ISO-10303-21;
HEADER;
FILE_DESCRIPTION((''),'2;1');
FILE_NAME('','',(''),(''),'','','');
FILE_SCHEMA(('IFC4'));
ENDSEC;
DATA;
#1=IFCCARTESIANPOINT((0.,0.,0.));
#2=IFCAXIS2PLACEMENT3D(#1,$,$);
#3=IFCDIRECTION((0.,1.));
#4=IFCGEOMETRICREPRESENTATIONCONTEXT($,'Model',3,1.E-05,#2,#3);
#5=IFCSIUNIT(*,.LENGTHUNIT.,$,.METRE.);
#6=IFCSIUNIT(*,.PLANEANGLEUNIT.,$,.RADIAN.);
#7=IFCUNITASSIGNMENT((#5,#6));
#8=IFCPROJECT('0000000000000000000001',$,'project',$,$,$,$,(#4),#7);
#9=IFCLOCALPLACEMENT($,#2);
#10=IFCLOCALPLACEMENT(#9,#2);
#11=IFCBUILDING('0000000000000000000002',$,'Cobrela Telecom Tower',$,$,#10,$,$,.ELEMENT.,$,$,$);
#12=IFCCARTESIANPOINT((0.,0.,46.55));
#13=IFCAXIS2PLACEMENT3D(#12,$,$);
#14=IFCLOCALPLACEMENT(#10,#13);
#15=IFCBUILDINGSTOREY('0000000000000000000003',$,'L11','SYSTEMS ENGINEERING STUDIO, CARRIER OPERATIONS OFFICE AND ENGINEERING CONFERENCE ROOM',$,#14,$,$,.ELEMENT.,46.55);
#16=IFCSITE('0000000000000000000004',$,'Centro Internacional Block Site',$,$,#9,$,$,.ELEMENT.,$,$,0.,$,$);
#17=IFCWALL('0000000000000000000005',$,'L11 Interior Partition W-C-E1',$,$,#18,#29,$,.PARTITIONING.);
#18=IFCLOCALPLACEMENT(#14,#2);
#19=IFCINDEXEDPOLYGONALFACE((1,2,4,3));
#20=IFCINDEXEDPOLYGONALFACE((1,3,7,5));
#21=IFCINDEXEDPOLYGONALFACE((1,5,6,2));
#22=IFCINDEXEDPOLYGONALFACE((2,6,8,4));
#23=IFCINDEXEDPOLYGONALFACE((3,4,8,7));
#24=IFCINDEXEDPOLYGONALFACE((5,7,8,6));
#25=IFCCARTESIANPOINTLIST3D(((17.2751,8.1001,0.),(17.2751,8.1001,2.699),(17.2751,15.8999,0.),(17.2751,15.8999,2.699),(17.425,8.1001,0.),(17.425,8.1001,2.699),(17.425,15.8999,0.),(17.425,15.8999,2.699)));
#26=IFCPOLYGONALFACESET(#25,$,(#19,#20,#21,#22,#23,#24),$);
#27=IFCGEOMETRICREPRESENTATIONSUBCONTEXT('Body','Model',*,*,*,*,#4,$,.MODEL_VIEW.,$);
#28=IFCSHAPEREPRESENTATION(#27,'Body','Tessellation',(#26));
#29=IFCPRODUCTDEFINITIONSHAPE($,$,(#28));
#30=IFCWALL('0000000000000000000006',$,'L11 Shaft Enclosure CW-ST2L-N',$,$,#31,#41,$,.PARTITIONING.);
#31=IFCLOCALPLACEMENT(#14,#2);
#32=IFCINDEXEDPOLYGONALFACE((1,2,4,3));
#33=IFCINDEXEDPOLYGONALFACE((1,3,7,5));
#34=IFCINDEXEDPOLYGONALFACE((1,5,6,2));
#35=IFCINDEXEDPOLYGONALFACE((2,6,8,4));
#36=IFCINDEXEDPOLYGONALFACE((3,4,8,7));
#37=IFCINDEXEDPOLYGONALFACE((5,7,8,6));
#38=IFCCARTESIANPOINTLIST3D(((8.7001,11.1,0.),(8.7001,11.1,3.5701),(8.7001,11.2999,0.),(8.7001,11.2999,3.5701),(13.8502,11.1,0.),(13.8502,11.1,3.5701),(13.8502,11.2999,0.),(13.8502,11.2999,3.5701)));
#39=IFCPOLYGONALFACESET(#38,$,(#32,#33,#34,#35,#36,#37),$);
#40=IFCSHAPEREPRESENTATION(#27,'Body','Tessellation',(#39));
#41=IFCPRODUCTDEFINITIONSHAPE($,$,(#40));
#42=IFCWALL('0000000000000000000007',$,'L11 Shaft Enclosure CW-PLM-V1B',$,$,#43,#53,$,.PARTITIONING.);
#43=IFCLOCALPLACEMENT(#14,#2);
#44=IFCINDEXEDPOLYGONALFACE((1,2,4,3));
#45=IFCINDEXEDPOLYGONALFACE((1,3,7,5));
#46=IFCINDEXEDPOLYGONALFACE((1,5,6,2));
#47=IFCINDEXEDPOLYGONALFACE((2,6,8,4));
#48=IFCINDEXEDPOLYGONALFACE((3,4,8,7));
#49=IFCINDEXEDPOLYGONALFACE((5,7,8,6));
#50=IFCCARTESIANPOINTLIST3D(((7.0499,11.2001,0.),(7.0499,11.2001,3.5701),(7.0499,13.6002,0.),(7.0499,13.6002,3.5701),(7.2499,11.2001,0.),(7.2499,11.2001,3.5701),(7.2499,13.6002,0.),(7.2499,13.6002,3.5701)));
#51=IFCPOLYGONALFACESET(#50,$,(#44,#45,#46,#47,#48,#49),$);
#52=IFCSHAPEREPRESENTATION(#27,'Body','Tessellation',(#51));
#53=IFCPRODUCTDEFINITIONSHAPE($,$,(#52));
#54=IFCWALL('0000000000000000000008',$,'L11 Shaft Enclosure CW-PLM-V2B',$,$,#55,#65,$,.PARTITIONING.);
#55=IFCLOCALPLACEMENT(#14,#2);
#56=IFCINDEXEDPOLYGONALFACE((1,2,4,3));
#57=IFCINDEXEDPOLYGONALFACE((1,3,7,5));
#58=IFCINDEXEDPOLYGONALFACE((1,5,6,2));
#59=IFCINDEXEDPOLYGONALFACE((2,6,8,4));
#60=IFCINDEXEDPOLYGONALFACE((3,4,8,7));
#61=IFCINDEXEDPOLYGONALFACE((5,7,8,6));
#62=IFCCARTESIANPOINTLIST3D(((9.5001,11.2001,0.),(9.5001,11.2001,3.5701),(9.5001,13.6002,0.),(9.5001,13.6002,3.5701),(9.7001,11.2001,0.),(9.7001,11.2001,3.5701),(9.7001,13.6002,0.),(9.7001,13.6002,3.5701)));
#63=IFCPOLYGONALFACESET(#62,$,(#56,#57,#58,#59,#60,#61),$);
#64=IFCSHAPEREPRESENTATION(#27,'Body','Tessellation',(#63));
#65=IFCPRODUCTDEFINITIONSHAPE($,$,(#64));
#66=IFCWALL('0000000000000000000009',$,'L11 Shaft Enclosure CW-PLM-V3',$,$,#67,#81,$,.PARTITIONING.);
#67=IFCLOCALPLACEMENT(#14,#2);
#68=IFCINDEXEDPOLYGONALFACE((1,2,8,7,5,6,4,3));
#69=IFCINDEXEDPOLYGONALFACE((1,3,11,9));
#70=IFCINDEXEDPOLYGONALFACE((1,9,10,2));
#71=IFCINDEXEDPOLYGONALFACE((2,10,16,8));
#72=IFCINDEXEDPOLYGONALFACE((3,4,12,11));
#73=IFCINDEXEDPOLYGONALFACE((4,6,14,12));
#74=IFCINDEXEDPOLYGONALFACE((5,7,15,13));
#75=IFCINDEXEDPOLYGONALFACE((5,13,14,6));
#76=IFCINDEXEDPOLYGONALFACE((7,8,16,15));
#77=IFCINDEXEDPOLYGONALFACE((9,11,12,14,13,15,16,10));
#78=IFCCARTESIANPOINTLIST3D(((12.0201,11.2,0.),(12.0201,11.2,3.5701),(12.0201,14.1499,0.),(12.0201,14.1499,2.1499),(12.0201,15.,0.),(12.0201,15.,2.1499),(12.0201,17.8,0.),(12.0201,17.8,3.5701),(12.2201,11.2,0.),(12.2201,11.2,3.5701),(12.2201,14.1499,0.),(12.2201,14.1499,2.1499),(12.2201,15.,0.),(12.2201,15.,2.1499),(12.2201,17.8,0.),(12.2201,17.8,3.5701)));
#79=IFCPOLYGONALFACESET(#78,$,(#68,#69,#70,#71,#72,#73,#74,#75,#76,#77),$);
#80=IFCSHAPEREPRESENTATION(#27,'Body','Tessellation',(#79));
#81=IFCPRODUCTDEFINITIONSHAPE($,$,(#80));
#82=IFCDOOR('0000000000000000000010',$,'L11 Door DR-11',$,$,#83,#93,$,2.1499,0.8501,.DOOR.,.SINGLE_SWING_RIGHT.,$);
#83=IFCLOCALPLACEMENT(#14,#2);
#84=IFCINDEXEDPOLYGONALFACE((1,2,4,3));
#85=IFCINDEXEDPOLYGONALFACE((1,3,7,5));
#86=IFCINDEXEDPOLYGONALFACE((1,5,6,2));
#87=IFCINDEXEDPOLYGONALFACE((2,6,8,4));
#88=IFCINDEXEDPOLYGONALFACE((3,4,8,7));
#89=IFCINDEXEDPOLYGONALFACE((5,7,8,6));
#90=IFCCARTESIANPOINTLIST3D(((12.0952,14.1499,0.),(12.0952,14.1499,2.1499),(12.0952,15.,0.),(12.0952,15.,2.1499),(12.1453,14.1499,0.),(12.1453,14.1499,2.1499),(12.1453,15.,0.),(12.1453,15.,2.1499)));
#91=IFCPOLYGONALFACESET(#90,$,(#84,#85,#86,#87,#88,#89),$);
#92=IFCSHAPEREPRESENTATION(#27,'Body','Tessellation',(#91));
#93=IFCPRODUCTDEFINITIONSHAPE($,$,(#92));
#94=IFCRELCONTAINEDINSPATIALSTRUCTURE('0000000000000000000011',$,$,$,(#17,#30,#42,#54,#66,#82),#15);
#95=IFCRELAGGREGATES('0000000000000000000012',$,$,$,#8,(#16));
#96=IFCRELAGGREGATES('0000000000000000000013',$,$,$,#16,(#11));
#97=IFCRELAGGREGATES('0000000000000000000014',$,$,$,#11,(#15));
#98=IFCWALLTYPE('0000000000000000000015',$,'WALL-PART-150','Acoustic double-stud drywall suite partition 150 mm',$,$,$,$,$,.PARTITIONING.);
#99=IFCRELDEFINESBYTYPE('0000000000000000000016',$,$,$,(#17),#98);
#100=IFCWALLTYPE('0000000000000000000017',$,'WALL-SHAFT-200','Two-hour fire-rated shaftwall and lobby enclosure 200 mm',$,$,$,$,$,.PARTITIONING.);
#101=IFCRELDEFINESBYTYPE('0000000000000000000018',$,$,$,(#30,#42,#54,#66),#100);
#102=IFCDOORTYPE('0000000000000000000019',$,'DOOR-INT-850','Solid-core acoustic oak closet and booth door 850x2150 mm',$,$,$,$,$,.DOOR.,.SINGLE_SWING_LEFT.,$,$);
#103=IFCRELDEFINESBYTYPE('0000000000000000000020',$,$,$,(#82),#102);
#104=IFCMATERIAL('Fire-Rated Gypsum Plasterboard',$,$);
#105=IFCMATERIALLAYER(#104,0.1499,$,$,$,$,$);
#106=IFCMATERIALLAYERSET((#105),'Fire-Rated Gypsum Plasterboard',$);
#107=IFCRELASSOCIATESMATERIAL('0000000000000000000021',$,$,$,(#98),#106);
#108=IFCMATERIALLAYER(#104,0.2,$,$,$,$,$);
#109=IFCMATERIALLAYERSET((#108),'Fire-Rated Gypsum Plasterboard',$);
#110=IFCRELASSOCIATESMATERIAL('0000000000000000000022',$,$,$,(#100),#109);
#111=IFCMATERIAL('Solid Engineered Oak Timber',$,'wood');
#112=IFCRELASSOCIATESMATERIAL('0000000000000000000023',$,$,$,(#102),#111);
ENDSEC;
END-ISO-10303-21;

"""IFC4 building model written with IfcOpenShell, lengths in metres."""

from ifc_helpers import new_model, si_unit, direction, frame, frame_2d, origin, place, context, subcontext, project, spatial, rectangle, extrude, material, layer, layer_set, type_object, element, fill, save


model = new_model("IFC4")

# Units and contexts
model_context = context("Model", 3, precision=1e-05, world=origin(), true_north=direction((0.0, 1.0)))
body_context = subcontext(model_context, "Body", "Model", "MODEL_VIEW")
ifc_project = project(units=[si_unit("LENGTHUNIT", "METRE"), si_unit("PLANEANGLEUNIT", "RADIAN")], contexts=[model_context])

# Site, building, storey
site_placement = place(None, origin())
site = spatial("IfcSite", under=ifc_project, at=site_placement, Name="Centro Internacional Block Site", CompositionType="ELEMENT", RefElevation=0.0)
building_placement = place(site_placement, origin())
building = spatial("IfcBuilding", under=site, at=building_placement, Name="Cobrela Telecom Tower", CompositionType="ELEMENT")
storey_placement = place(building_placement, frame((0.0, 0.0, 46.55)))
storey = spatial("IfcBuildingStorey", under=building, at=storey_placement, Name="L11", Description="SYSTEMS ENGINEERING STUDIO, CARRIER OPERATIONS OFFICE AND ENGINEERING CONFERENCE ROOM", CompositionType="ELEMENT", Elevation=46.55)

# Shared definitions
ifc_material_1 = material(Name="Fire-Rated Gypsum Plasterboard")
ifc_layer_1 = layer(ifc_material_1, 0.1499)
ifc_layer_set_1 = layer_set([ifc_layer_1], Name="Fire-Rated Gypsum Plasterboard")
wall_type_1 = type_object("IfcWallType", Name="WALL-PART-150", Description="Acoustic double-stud drywall suite partition 150 mm", PredefinedType="PARTITIONING", material=ifc_layer_set_1)
ifc_material_2 = material(Name="Solid Engineered Oak Timber", Category="wood")

# Walls
wall_1_placement = place(storey_placement, frame((17.3501, 8.1001, 0.0), z_axis=(0.0, 0.0, 1.0), x_axis=(0.0, 1.0, 0.0)))
element("IfcWall", 1, at=wall_1_placement, inside=storey, type_object=wall_type_1, Name="L11 Interior Partition W-C-E1", PredefinedType="PARTITIONING", context=body_context, shape_type="SweptSolid", body=[
    extrude(rectangle(XDim=7.7998, YDim=0.1499, at=frame_2d((3.8999, 0.0))), origin(), (0.0, 0.0, 1.0), 2.699),
])
ifc_layer_2 = layer(ifc_material_1, 0.2)
ifc_layer_set_2 = layer_set([ifc_layer_2], Name="Fire-Rated Gypsum Plasterboard")
wall_type_2 = type_object("IfcWallType", Name="WALL-SHAFT-200", Description="Two-hour fire-rated shaftwall and lobby enclosure 200 mm", PredefinedType="PARTITIONING", material=ifc_layer_set_2)
wall_2_placement = place(storey_placement, frame((8.7, 11.2, 0.0), z_axis=(0.0, 0.0, 1.0), x_axis=(1.0, 0.0, 0.0)))
element("IfcWall", 2, at=wall_2_placement, inside=storey, type_object=wall_type_2, Name="L11 Shaft Enclosure CW-ST2L-N", PredefinedType="PARTITIONING", context=body_context, shape_type="SweptSolid", body=[
    extrude(rectangle(XDim=5.1501, YDim=0.2, at=frame_2d((2.5752, 0.0))), origin(), (0.0, 0.0, 1.0), 3.5701),
])
for number, where, z_axis, x_axis, name in (
    (3, (7.1499, 11.2, 0.0), (0.0, 0.0, 1.0), (0.0, 1.0, 0.0), "L11 Shaft Enclosure CW-PLM-V1B"),
    (4, (9.6001, 11.2, 0.0), (0.0, 0.0, 1.0), (0.0, 1.0, 0.0), "L11 Shaft Enclosure CW-PLM-V2B"),
):
    element("IfcWall", number, at=place(storey_placement, frame(where, z_axis=z_axis, x_axis=x_axis)), inside=storey, type_object=wall_type_2, Name=name, PredefinedType="PARTITIONING", context=body_context, shape_type="SweptSolid", body=[
        extrude(rectangle(XDim=2.4001, YDim=0.2, at=frame_2d((1.2002, 0.0))), origin(), (0.0, 0.0, 1.0), 3.5701),
    ])

# Wall, opening, door
wall_3_placement = place(storey_placement, frame((12.1201, 11.2, 0.0), z_axis=(0.0, 0.0, 1.0), x_axis=(0.0, 1.0, 0.0)))
wall_3 = element("IfcWall", 5, at=wall_3_placement, inside=storey, type_object=wall_type_2, Name="L11 Shaft Enclosure CW-PLM-V3", PredefinedType="PARTITIONING", context=body_context, shape_type="SweptSolid", body=[
    extrude(rectangle(XDim=6.6001, YDim=0.2, at=frame_2d((3.3, 0.0))), origin(), (0.0, 0.0, 1.0), 3.5701),
])
opening_1_placement = place(wall_3_placement, frame((2.95, 0.0, 0.0)))
opening_1 = element("IfcOpeningElement", 6, at=opening_1_placement, cuts=wall_3, PredefinedType="OPENING", context=body_context, shape_type="SweptSolid", body=[
    extrude(rectangle(XDim=0.8501, YDim=2.1499, at=frame_2d((0.425, 1.075))), frame((0.0, 0.1118, 0.0), z_axis=(0.0, -1.0, 0.0), x_axis=(1.0, 0.0, 0.0)), (0.0, 0.0, 1.0), 0.2239),
])
door_type_1 = type_object("IfcDoorType", Name="DOOR-INT-850", Description="Solid-core acoustic oak closet and booth door 850x2150 mm", OperationType="SINGLE_SWING_LEFT", PredefinedType="DOOR", material=ifc_material_2)
door_1_placement = place(opening_1_placement, origin())
door_1 = element("IfcDoor", 7, at=door_1_placement, inside=storey, type_object=door_type_1, Name="L11 Door DR-11", OperationType="SINGLE_SWING_RIGHT", OverallHeight=2.1499, OverallWidth=0.8501, PredefinedType="DOOR", context=body_context, shape_type="SweptSolid", body=[
    extrude(rectangle(XDim=0.8501, YDim=2.1499, at=frame_2d((0.425, 1.075))), frame((0.0, 0.0249, 0.0), z_axis=(0.0, -1.0, 0.0), x_axis=(1.0, 0.0, 0.0)), (0.0, 0.0, 1.0), 0.05),
])
fill(opening_1, door_1)

save(model, "model.ifc")
